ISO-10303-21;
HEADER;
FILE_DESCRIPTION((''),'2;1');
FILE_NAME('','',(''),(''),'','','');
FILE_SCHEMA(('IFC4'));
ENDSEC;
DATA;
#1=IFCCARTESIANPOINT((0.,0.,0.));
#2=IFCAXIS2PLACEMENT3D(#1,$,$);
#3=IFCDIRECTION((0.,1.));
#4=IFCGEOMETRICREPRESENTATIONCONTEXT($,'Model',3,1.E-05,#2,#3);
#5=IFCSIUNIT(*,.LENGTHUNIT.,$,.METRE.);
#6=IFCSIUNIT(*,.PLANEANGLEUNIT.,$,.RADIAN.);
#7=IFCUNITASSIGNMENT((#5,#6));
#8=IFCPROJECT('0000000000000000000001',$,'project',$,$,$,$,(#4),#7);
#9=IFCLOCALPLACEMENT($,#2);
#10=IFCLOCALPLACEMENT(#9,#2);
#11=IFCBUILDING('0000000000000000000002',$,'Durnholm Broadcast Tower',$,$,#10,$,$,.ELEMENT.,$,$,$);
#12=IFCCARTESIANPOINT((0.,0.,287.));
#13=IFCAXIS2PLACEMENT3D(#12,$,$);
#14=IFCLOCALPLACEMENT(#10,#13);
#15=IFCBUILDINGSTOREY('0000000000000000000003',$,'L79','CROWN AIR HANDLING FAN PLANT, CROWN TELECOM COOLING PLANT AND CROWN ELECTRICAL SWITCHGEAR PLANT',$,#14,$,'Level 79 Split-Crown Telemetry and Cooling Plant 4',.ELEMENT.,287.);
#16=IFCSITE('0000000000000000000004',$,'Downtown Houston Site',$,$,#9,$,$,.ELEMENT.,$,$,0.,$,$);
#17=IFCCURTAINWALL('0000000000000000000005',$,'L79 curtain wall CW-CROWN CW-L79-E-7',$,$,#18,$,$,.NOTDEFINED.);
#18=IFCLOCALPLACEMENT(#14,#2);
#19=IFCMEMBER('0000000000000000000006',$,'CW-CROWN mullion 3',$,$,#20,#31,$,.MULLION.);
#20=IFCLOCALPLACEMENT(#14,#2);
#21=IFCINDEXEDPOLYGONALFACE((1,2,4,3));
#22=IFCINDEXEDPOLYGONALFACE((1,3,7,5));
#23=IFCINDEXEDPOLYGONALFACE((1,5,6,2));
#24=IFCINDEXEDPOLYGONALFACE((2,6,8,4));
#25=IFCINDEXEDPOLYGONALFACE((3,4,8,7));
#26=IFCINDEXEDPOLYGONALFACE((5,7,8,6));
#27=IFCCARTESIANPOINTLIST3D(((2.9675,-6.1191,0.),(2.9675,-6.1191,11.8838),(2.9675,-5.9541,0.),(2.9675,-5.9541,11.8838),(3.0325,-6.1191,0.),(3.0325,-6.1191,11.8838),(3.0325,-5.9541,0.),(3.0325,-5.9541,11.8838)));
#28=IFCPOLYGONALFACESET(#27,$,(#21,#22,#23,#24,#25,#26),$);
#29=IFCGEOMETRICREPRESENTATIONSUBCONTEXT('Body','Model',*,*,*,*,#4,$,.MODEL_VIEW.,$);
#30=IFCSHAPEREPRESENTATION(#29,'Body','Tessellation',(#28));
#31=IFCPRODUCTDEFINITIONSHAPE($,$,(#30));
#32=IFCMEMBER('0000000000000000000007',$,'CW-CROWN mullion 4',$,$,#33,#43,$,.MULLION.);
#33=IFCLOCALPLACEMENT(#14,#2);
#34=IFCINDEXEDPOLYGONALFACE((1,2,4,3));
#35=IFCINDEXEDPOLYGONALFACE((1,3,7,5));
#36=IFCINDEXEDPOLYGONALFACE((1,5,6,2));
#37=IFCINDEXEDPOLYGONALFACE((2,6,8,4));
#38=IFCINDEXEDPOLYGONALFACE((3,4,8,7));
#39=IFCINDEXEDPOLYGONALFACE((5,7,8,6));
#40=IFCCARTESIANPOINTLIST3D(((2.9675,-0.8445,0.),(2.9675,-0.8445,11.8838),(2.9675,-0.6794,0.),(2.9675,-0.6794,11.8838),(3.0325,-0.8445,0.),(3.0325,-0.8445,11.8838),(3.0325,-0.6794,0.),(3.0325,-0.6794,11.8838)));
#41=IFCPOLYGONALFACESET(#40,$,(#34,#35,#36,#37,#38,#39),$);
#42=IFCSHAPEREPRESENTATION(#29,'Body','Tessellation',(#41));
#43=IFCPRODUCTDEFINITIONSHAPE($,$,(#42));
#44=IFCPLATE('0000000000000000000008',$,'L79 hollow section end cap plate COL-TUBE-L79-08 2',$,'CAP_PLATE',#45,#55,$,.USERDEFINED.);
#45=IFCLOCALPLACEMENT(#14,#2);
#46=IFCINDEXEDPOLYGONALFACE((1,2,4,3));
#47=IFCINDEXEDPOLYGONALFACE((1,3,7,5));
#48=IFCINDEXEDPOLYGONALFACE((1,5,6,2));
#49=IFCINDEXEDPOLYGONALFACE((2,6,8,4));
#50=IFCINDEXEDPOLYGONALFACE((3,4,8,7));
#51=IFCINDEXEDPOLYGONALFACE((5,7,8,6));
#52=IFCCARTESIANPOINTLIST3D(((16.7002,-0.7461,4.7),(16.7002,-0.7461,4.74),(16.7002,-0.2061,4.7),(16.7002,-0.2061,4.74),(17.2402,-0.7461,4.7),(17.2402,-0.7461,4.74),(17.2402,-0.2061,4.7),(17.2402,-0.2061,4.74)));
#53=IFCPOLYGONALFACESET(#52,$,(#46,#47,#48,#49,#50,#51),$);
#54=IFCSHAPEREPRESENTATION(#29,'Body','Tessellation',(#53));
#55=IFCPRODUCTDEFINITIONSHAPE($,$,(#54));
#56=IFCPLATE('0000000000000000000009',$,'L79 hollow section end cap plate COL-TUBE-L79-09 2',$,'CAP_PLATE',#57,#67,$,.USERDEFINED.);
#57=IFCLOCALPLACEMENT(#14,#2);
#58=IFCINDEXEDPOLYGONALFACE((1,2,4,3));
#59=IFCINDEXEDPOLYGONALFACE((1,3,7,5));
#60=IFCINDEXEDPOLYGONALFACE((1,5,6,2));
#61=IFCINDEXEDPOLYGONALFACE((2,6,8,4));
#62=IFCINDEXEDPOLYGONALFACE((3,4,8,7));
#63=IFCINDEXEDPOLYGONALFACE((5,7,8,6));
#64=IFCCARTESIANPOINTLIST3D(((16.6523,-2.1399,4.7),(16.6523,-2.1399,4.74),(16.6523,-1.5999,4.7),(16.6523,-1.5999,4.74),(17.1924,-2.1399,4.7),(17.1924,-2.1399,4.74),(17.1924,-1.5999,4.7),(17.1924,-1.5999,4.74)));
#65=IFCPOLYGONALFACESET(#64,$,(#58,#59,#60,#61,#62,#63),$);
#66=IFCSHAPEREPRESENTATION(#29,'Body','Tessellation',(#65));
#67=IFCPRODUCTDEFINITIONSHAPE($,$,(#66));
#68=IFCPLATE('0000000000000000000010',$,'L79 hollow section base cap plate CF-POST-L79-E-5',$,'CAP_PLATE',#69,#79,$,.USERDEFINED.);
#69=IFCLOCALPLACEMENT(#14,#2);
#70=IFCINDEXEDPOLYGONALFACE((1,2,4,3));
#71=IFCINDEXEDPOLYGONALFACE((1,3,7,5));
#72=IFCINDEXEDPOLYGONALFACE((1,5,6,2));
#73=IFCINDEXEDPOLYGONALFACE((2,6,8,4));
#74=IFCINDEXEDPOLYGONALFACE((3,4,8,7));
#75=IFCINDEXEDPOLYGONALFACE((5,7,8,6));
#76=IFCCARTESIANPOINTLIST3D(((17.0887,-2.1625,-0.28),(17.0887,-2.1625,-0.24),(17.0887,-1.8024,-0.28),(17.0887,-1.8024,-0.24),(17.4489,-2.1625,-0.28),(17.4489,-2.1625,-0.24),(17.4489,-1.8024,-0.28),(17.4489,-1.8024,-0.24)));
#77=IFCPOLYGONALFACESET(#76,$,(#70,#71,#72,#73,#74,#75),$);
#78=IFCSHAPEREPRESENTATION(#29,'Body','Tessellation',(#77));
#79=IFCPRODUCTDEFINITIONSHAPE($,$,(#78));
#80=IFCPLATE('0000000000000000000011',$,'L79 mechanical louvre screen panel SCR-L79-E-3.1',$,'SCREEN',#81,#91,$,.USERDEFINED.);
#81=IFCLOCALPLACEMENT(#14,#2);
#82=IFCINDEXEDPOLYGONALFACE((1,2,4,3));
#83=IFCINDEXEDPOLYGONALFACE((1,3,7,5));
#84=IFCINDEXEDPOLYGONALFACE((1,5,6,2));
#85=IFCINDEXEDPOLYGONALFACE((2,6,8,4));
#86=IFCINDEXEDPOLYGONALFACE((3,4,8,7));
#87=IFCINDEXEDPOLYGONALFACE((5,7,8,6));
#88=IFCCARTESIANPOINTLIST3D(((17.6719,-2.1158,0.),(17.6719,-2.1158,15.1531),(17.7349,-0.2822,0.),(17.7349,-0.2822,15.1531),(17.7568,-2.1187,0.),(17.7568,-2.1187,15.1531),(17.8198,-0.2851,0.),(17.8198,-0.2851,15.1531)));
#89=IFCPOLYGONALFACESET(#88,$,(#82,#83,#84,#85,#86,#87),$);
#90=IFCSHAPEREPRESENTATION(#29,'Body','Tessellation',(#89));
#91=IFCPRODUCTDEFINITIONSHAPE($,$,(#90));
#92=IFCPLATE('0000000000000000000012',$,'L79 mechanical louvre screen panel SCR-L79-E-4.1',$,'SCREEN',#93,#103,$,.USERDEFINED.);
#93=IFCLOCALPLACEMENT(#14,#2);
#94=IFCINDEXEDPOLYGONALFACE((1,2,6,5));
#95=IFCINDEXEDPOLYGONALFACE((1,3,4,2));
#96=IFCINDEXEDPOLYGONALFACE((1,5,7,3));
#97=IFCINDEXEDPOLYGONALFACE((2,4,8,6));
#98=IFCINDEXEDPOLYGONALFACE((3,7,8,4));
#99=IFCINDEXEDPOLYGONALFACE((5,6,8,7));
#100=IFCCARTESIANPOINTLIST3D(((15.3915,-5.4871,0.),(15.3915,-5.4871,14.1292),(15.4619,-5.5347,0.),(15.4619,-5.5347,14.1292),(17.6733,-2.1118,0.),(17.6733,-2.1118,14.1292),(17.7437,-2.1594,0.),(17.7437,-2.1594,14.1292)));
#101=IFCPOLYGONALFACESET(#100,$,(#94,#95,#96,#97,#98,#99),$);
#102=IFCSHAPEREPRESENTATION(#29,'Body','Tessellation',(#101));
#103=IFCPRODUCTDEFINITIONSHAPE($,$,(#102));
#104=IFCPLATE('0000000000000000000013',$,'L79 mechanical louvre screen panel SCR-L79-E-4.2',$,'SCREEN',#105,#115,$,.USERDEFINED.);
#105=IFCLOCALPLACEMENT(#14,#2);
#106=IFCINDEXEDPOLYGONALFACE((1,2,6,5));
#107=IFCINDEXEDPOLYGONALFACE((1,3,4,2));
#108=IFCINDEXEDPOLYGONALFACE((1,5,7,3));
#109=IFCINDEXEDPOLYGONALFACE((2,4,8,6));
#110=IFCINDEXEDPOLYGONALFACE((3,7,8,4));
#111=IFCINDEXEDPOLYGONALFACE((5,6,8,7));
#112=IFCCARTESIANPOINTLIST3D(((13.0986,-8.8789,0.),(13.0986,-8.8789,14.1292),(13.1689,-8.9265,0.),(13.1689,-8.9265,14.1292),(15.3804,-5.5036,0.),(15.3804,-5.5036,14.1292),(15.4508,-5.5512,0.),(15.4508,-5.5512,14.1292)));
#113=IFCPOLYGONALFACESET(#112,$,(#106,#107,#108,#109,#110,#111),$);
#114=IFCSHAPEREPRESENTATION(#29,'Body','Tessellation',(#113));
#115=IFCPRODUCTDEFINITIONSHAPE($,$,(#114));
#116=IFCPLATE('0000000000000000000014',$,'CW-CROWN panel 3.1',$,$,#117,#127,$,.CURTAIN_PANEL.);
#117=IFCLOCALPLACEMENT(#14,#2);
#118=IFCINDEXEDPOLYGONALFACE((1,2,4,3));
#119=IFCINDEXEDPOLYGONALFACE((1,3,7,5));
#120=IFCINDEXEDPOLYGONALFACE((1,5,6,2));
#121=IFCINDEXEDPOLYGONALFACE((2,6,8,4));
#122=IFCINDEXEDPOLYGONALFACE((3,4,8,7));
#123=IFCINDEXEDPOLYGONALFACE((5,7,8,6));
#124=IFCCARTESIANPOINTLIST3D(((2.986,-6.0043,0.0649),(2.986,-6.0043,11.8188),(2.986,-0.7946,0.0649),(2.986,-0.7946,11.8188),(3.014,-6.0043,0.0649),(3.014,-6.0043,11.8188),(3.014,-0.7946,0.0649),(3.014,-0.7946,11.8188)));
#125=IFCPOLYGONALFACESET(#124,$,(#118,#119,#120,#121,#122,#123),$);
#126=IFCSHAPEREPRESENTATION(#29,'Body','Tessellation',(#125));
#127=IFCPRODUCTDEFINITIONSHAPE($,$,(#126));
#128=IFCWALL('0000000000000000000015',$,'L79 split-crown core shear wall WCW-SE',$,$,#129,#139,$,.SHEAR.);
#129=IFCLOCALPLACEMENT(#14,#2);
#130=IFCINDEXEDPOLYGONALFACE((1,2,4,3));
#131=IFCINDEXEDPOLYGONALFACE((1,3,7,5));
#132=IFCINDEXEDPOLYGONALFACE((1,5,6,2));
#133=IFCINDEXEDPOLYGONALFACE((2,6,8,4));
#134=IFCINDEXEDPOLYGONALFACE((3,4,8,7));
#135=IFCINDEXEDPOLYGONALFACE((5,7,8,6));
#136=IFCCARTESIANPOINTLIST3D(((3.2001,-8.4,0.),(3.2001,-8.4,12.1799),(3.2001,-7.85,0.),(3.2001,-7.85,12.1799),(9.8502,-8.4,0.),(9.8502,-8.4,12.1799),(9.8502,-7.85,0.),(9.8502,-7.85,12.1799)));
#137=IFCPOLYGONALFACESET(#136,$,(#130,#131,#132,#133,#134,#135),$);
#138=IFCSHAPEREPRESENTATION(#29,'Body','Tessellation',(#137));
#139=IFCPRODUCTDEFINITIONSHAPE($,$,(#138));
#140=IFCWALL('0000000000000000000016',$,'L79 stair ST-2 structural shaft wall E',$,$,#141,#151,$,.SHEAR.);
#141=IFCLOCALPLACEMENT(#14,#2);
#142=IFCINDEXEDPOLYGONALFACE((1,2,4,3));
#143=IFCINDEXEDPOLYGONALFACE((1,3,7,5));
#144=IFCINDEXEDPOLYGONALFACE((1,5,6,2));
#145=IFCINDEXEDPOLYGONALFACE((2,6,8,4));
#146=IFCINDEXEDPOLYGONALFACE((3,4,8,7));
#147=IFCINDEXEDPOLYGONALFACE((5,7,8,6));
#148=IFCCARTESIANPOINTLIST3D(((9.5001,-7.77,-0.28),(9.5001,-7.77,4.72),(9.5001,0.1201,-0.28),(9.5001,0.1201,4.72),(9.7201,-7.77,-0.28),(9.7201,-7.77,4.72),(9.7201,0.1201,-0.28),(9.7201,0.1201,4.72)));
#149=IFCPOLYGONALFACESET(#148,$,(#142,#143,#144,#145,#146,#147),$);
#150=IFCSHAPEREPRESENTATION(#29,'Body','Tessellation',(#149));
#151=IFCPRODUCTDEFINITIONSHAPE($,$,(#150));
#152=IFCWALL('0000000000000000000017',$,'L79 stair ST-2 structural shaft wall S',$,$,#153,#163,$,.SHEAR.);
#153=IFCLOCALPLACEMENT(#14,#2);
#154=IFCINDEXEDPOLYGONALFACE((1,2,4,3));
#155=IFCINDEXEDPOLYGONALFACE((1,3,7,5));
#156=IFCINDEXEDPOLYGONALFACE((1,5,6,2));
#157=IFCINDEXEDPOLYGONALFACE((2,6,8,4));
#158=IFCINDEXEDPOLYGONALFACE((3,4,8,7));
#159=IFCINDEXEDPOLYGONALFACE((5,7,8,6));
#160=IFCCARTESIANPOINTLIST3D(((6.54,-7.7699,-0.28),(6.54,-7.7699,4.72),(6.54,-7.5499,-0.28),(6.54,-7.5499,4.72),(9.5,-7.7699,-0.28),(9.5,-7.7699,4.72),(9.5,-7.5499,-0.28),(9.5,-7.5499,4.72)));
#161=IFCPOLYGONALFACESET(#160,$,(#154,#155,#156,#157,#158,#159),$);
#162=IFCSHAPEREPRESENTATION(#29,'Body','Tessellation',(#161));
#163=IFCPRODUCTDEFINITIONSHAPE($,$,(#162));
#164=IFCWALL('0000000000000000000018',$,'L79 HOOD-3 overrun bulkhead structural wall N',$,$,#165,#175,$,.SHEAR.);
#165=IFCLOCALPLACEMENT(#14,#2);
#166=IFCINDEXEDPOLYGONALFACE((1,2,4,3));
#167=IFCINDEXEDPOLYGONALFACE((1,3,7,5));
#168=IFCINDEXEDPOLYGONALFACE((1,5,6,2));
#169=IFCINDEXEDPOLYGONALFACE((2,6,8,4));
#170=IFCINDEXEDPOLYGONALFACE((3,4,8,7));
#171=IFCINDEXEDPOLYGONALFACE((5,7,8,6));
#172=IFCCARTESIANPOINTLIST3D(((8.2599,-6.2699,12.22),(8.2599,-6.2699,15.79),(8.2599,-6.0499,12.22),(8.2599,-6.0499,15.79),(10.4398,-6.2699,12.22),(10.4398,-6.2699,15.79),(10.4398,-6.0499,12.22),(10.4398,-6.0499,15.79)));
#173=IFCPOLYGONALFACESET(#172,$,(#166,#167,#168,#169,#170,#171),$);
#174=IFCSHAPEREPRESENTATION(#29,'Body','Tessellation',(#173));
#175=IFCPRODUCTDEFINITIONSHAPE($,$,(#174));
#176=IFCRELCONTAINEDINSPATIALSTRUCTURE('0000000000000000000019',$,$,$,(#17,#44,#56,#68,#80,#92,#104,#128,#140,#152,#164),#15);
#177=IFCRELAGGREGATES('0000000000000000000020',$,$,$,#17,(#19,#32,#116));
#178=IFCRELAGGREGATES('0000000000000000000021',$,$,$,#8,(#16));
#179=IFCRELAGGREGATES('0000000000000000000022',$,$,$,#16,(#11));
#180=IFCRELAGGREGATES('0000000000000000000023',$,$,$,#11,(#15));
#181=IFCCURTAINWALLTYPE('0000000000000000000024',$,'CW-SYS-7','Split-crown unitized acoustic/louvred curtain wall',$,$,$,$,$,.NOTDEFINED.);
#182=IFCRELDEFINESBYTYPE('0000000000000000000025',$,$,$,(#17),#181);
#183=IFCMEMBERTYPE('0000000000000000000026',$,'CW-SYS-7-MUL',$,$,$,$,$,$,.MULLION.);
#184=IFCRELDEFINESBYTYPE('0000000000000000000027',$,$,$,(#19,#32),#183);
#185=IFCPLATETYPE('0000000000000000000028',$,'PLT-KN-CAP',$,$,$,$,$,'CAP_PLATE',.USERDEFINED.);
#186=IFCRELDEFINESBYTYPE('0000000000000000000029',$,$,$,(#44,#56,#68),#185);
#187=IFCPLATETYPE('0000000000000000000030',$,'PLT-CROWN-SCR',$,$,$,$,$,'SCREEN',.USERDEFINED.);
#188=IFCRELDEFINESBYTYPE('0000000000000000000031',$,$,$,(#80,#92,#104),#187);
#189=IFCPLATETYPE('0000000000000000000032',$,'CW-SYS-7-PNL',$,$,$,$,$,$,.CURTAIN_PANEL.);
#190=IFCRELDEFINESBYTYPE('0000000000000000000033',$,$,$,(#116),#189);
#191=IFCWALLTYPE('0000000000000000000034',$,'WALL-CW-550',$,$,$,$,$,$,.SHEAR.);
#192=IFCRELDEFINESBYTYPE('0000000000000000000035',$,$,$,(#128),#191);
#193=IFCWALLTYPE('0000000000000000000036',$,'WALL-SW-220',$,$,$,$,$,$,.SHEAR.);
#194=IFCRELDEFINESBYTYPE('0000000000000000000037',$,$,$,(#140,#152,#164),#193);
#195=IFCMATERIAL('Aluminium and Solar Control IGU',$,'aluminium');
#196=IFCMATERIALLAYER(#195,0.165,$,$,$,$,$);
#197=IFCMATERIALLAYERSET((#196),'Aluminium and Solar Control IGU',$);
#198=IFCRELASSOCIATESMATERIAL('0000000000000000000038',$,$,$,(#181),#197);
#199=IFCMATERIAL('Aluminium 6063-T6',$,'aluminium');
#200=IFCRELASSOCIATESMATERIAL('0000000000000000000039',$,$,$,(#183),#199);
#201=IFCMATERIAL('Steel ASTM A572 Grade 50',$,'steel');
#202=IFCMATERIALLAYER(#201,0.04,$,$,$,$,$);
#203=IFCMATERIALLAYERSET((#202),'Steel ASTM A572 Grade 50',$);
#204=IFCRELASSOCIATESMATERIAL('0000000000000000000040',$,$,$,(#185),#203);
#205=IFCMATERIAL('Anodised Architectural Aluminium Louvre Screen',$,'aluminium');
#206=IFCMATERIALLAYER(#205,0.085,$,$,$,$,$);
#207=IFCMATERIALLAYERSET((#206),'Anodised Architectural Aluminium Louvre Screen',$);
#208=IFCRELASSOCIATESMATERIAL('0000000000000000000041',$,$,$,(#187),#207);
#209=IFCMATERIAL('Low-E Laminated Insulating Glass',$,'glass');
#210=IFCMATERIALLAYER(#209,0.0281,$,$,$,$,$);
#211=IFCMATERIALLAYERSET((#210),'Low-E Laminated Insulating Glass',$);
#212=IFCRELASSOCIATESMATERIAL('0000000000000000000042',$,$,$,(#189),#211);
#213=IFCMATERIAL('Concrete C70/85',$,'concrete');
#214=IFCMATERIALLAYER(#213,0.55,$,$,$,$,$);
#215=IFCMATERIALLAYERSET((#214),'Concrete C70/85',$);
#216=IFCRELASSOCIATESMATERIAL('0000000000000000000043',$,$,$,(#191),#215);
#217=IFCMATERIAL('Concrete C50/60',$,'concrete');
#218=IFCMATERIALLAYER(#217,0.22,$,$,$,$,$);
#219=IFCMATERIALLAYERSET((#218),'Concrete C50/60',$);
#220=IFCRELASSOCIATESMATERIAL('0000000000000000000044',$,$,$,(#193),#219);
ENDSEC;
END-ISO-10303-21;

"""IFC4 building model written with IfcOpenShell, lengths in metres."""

from ifc_helpers import new_model, si_unit, direction, frame, frame_2d, origin, origin_2d, place, context, subcontext, project, spatial, rectangle, extrude, source, transform, mapped, material, layer, layer_set, material_profile, profile_set, type_object, type_shapes, element, aggregate, save


model = new_model("IFC4")

# Units and contexts
model_context = context("Model", 3, precision=1e-05, world=origin(), true_north=direction((0.0, 1.0)))
body_context = subcontext(model_context, "Body", "Model", "MODEL_VIEW")
ifc_project = project(units=[si_unit("LENGTHUNIT", "METRE"), si_unit("PLANEANGLEUNIT", "RADIAN")], contexts=[model_context])

# Site, building, storey
site_placement = place(None, origin())
site = spatial("IfcSite", under=ifc_project, at=site_placement, Name="Downtown Houston Site", CompositionType="ELEMENT", RefElevation=0.0)
building_placement = place(site_placement, origin())
building = spatial("IfcBuilding", under=site, at=building_placement, Name="Durnholm Broadcast Tower", CompositionType="ELEMENT")
storey_placement = place(building_placement, frame((0.0, 0.0, 287.0)))
storey = spatial("IfcBuildingStorey", under=building, at=storey_placement, Name="L79", Description="CROWN AIR HANDLING FAN PLANT, CROWN TELECOM COOLING PLANT AND CROWN ELECTRICAL SWITCHGEAR PLANT", LongName="Level 79 Split-Crown Telemetry and Cooling Plant 4", CompositionType="ELEMENT", Elevation=287.0)

# Shared definitions
ifc_material_1 = material(Name="Concrete C70/85", Category="concrete")

# Curtain wall, members
ifc_material_2 = material(Name="Aluminium and Solar Control IGU", Category="aluminium")
ifc_layer_1 = layer(ifc_material_2, 0.165)
ifc_layer_set_1 = layer_set([ifc_layer_1], Name="Aluminium and Solar Control IGU")
curtain_wall_type = type_object("IfcCurtainWallType", Name="CW-SYS-7", Description="Split-crown unitized acoustic/louvred curtain wall", PredefinedType="NOTDEFINED", material=ifc_layer_set_1)
curtain_wall_placement = place(storey_placement, origin())
curtain_wall = element("IfcCurtainWall", 1, at=curtain_wall_placement, inside=storey, type_object=curtain_wall_type, Name="L79 curtain wall CW-CROWN CW-L79-E-7", PredefinedType="NOTDEFINED")
ifc_material_3 = material(Name="Aluminium 6063-T6", Category="aluminium")
ifc_material_profile_1 = material_profile(ifc_material_3, rectangle(XDim=0.0649, YDim=0.165, at=origin_2d()), Name="CWM65X165")
ifc_profile_set_1 = profile_set([ifc_material_profile_1], Name="Aluminium 6063-T6")
member_type_1 = type_object("IfcMemberType", Name="CW-SYS-7-MUL", PredefinedType="MULLION", material=ifc_profile_set_1)
shared_shape_1 = source(origin(), body_context, "Body", "SweptSolid", [
    extrude(rectangle(XDim=0.0649, YDim=0.165, at=origin_2d()), origin(), (0.0, 0.0, 1.0), 11.8838),
])
type_shapes(member_type_1, [shared_shape_1])
member_1_placement = place(storey_placement, frame((3.0, -6.0366, 0.0), z_axis=(0.0, 0.0, 1.0), x_axis=(-1.0, 0.0, 0.0)))
member_1 = element("IfcMember", 2, at=member_1_placement, type_object=member_type_1, Name="CW-CROWN mullion 3", PredefinedType="MULLION", context=body_context, shape_type="MappedRepresentation", body=[
    mapped(shared_shape_1, transform((0.0, 0.0, 0.0), x_axis=(1.0, 0.0, 0.0), y_axis=(0.0, 1.0, 0.0), z_axis=(0.0, 0.0, 1.0), scale=1.0)),
])
member_2_placement = place(storey_placement, frame((3.0, -0.762, 0.0), z_axis=(0.0, 0.0, 1.0), x_axis=(-1.0, 0.0, 0.0)))
member_2 = element("IfcMember", 3, at=member_2_placement, type_object=member_type_1, Name="CW-CROWN mullion 4", PredefinedType="MULLION", context=body_context, shape_type="MappedRepresentation", body=[
    mapped(shared_shape_1, transform((0.0, 0.0, 0.0), x_axis=(1.0, 0.0, 0.0), y_axis=(0.0, 1.0, 0.0), z_axis=(0.0, 0.0, 1.0), scale=1.0)),
])

# Plates
ifc_material_4 = material(Name="Steel ASTM A572 Grade 50", Category="steel")
ifc_layer_2 = layer(ifc_material_4, 0.04)
ifc_layer_set_2 = layer_set([ifc_layer_2], Name="Steel ASTM A572 Grade 50")
plate_type_1 = type_object("IfcPlateType", Name="PLT-KN-CAP", ElementType="CAP_PLATE", PredefinedType="USERDEFINED", material=ifc_layer_set_2)
shared_shape_2 = source(origin(), body_context, "Body", "SweptSolid", [
    extrude(rectangle(XDim=0.54, YDim=0.54, at=origin_2d()), origin(), (0.0, 0.0, 1.0), 0.04),
])
for number, where, z_axis, x_axis, name in (
    (4, (16.9702, -0.4761, 4.7), (0.0, 0.0, 1.0), (1.0, 0.0, 0.0), "L79 hollow section end cap plate COL-TUBE-L79-08 2"),
    (5, (16.9224, -1.8699, 4.7), (0.0, 0.0, 1.0), (1.0, 0.0, 0.0), "L79 hollow section end cap plate COL-TUBE-L79-09 2"),
):
    element("IfcPlate", number, at=place(storey_placement, frame(where, z_axis=z_axis, x_axis=x_axis)), inside=storey, type_object=plate_type_1, Name=name, ObjectType="CAP_PLATE", PredefinedType="USERDEFINED", context=body_context, shape_type="MappedRepresentation", body=[
        mapped(shared_shape_2, transform((0.0, 0.0, 0.0), x_axis=(1.0, 0.0, 0.0), y_axis=(0.0, 1.0, 0.0), z_axis=(0.0, 0.0, 1.0), scale=1.0)),
    ])
shared_shape_3 = source(origin(), body_context, "Body", "SweptSolid", [
    extrude(rectangle(XDim=0.3601, YDim=0.3601, at=origin_2d()), origin(), (0.0, 0.0, 1.0), 0.04),
])
type_shapes(plate_type_1, [shared_shape_2, shared_shape_3])
plate_1_placement = place(storey_placement, frame((17.2688, -1.9824, -0.28), z_axis=(0.0, 0.0, 1.0), x_axis=(1.0, 0.0, 0.0)))
element("IfcPlate", 6, at=plate_1_placement, inside=storey, type_object=plate_type_1, Name="L79 hollow section base cap plate CF-POST-L79-E-5", ObjectType="CAP_PLATE", PredefinedType="USERDEFINED", context=body_context, shape_type="MappedRepresentation", body=[
    mapped(shared_shape_3, transform((0.0, 0.0, 0.0), x_axis=(1.0, 0.0, 0.0), y_axis=(0.0, 1.0, 0.0), z_axis=(0.0, 0.0, 1.0), scale=1.0)),
])
ifc_material_5 = material(Name="Anodised Architectural Aluminium Louvre Screen", Category="aluminium")
ifc_layer_3 = layer(ifc_material_5, 0.085)
ifc_layer_set_3 = layer_set([ifc_layer_3], Name="Anodised Architectural Aluminium Louvre Screen")
plate_type_2 = type_object("IfcPlateType", Name="PLT-CROWN-SCR", ElementType="SCREEN", PredefinedType="USERDEFINED", material=ifc_layer_set_3)
shared_shape_4 = source(origin(), body_context, "Body", "SweptSolid", [
    extrude(rectangle(XDim=1.8347, YDim=0.085, at=origin_2d()), origin(), (0.0, 0.0, 1.0), 15.1531),
])
plate_2_placement = place(storey_placement, frame((17.7458, -1.2004, 0.0), z_axis=(0.0, 0.0, 1.0), x_axis=(-0.034376, -0.999409, 0.0)))
element("IfcPlate", 7, at=plate_2_placement, inside=storey, type_object=plate_type_2, Name="L79 mechanical louvre screen panel SCR-L79-E-3.1", ObjectType="SCREEN", PredefinedType="USERDEFINED", context=body_context, shape_type="MappedRepresentation", body=[
    mapped(shared_shape_4, transform((0.0, 0.0, 0.0), x_axis=(1.0, 0.0, 0.0), y_axis=(0.0, 1.0, 0.0), z_axis=(0.0, 0.0, 1.0), scale=1.0)),
])
shared_shape_5 = source(origin(), body_context, "Body", "SweptSolid", [
    extrude(rectangle(XDim=4.0742, YDim=0.085, at=origin_2d()), origin(), (0.0, 0.0, 1.0), 14.1292),
])
type_shapes(plate_type_2, [shared_shape_4, shared_shape_5])
for number, where, z_axis, x_axis, name in (
    (8, (16.5676, -3.8232, 0.0), (0.0, 0.0, 1.0), (-0.560061, -0.828452, 0.0), "L79 mechanical louvre screen panel SCR-L79-E-4.1"),
    (9, (14.2747, -7.2151, 0.0), (0.0, 0.0, 1.0), (-0.560061, -0.828452, 0.0), "L79 mechanical louvre screen panel SCR-L79-E-4.2"),
):
    element("IfcPlate", number, at=place(storey_placement, frame(where, z_axis=z_axis, x_axis=x_axis)), inside=storey, type_object=plate_type_2, Name=name, ObjectType="SCREEN", PredefinedType="USERDEFINED", context=body_context, shape_type="MappedRepresentation", body=[
        mapped(shared_shape_5, transform((0.0, 0.0, 0.0), x_axis=(1.0, 0.0, 0.0), y_axis=(0.0, 1.0, 0.0), z_axis=(0.0, 0.0, 1.0), scale=1.0)),
    ])

# Plate
ifc_material_6 = material(Name="Low-E Laminated Insulating Glass", Category="glass")
ifc_layer_4 = layer(ifc_material_6, 0.0281)
ifc_layer_set_4 = layer_set([ifc_layer_4], Name="Low-E Laminated Insulating Glass")
plate_type_3 = type_object("IfcPlateType", Name="CW-SYS-7-PNL", PredefinedType="CURTAIN_PANEL", material=ifc_layer_set_4)
shared_shape_6 = source(origin(), body_context, "Body", "SweptSolid", [
    extrude(rectangle(XDim=5.2097, YDim=0.0281, at=origin_2d()), origin(), (0.0, 0.0, 1.0), 11.7539),
])
type_shapes(plate_type_3, [shared_shape_6])
plate_3_placement = place(storey_placement, frame((3.0, -3.3994, 0.0649), z_axis=(0.0, 0.0, 1.0), x_axis=(0.0, 1.0, 0.0)))
plate_3 = element("IfcPlate", 10, at=plate_3_placement, type_object=plate_type_3, Name="CW-CROWN panel 3.1", PredefinedType="CURTAIN_PANEL", context=body_context, shape_type="MappedRepresentation", body=[
    mapped(shared_shape_6, transform((0.0, 0.0, 0.0), x_axis=(1.0, 0.0, 0.0), y_axis=(0.0, 1.0, 0.0), z_axis=(0.0, 0.0, 1.0), scale=1.0)),
])
aggregate(curtain_wall, [member_1, member_2, plate_3])

# Walls
ifc_layer_5 = layer(ifc_material_1, 0.55)
ifc_layer_set_5 = layer_set([ifc_layer_5], Name="Concrete C70/85")
wall_type_1 = type_object("IfcWallType", Name="WALL-CW-550", PredefinedType="SHEAR", material=ifc_layer_set_5)
wall_1_placement = place(storey_placement, frame((3.2, -8.125, 0.0), z_axis=(0.0, 0.0, 1.0), x_axis=(1.0, 0.0, 0.0)))
element("IfcWall", 11, at=wall_1_placement, inside=storey, type_object=wall_type_1, Name="L79 split-crown core shear wall WCW-SE", PredefinedType="SHEAR", context=body_context, shape_type="SweptSolid", body=[
    extrude(rectangle(XDim=6.6501, YDim=0.55, at=frame_2d((3.3252, 0.0))), origin(), (0.0, 0.0, 1.0), 12.1799),
])
ifc_material_7 = material(Name="Concrete C50/60", Category="concrete")
ifc_layer_6 = layer(ifc_material_7, 0.22)
ifc_layer_set_6 = layer_set([ifc_layer_6], Name="Concrete C50/60")
wall_type_2 = type_object("IfcWallType", Name="WALL-SW-220", PredefinedType="SHEAR", material=ifc_layer_set_6)
wall_2_placement = place(storey_placement, frame((9.6101, -7.77, -0.28), z_axis=(0.0, 0.0, 1.0), x_axis=(0.0, 1.0, 0.0)))
element("IfcWall", 12, at=wall_2_placement, inside=storey, type_object=wall_type_2, Name="L79 stair ST-2 structural shaft wall E", PredefinedType="SHEAR", context=body_context, shape_type="SweptSolid", body=[
    extrude(rectangle(XDim=7.8901, YDim=0.22, at=frame_2d((3.9451, 0.0))), origin(), (0.0, 0.0, 1.0), 5.0),
])
wall_3_placement = place(storey_placement, frame((6.54, -7.6599, -0.28), z_axis=(0.0, 0.0, 1.0), x_axis=(1.0, 0.0, 0.0)))
element("IfcWall", 13, at=wall_3_placement, inside=storey, type_object=wall_type_2, Name="L79 stair ST-2 structural shaft wall S", PredefinedType="SHEAR", context=body_context, shape_type="SweptSolid", body=[
    extrude(rectangle(XDim=2.96, YDim=0.22, at=frame_2d((1.48, 0.0))), origin(), (0.0, 0.0, 1.0), 5.0),
])
wall_4_placement = place(storey_placement, frame((8.26, -6.1599, 12.22), z_axis=(0.0, 0.0, 1.0), x_axis=(1.0, 0.0, 0.0)))
element("IfcWall", 14, at=wall_4_placement, inside=storey, type_object=wall_type_2, Name="L79 HOOD-3 overrun bulkhead structural wall N", PredefinedType="SHEAR", context=body_context, shape_type="SweptSolid", body=[
    extrude(rectangle(XDim=2.1799, YDim=0.22, at=frame_2d((1.0898, 0.0))), origin(), (0.0, 0.0, 1.0), 3.5701),
])

save(model, "model.ifc")
